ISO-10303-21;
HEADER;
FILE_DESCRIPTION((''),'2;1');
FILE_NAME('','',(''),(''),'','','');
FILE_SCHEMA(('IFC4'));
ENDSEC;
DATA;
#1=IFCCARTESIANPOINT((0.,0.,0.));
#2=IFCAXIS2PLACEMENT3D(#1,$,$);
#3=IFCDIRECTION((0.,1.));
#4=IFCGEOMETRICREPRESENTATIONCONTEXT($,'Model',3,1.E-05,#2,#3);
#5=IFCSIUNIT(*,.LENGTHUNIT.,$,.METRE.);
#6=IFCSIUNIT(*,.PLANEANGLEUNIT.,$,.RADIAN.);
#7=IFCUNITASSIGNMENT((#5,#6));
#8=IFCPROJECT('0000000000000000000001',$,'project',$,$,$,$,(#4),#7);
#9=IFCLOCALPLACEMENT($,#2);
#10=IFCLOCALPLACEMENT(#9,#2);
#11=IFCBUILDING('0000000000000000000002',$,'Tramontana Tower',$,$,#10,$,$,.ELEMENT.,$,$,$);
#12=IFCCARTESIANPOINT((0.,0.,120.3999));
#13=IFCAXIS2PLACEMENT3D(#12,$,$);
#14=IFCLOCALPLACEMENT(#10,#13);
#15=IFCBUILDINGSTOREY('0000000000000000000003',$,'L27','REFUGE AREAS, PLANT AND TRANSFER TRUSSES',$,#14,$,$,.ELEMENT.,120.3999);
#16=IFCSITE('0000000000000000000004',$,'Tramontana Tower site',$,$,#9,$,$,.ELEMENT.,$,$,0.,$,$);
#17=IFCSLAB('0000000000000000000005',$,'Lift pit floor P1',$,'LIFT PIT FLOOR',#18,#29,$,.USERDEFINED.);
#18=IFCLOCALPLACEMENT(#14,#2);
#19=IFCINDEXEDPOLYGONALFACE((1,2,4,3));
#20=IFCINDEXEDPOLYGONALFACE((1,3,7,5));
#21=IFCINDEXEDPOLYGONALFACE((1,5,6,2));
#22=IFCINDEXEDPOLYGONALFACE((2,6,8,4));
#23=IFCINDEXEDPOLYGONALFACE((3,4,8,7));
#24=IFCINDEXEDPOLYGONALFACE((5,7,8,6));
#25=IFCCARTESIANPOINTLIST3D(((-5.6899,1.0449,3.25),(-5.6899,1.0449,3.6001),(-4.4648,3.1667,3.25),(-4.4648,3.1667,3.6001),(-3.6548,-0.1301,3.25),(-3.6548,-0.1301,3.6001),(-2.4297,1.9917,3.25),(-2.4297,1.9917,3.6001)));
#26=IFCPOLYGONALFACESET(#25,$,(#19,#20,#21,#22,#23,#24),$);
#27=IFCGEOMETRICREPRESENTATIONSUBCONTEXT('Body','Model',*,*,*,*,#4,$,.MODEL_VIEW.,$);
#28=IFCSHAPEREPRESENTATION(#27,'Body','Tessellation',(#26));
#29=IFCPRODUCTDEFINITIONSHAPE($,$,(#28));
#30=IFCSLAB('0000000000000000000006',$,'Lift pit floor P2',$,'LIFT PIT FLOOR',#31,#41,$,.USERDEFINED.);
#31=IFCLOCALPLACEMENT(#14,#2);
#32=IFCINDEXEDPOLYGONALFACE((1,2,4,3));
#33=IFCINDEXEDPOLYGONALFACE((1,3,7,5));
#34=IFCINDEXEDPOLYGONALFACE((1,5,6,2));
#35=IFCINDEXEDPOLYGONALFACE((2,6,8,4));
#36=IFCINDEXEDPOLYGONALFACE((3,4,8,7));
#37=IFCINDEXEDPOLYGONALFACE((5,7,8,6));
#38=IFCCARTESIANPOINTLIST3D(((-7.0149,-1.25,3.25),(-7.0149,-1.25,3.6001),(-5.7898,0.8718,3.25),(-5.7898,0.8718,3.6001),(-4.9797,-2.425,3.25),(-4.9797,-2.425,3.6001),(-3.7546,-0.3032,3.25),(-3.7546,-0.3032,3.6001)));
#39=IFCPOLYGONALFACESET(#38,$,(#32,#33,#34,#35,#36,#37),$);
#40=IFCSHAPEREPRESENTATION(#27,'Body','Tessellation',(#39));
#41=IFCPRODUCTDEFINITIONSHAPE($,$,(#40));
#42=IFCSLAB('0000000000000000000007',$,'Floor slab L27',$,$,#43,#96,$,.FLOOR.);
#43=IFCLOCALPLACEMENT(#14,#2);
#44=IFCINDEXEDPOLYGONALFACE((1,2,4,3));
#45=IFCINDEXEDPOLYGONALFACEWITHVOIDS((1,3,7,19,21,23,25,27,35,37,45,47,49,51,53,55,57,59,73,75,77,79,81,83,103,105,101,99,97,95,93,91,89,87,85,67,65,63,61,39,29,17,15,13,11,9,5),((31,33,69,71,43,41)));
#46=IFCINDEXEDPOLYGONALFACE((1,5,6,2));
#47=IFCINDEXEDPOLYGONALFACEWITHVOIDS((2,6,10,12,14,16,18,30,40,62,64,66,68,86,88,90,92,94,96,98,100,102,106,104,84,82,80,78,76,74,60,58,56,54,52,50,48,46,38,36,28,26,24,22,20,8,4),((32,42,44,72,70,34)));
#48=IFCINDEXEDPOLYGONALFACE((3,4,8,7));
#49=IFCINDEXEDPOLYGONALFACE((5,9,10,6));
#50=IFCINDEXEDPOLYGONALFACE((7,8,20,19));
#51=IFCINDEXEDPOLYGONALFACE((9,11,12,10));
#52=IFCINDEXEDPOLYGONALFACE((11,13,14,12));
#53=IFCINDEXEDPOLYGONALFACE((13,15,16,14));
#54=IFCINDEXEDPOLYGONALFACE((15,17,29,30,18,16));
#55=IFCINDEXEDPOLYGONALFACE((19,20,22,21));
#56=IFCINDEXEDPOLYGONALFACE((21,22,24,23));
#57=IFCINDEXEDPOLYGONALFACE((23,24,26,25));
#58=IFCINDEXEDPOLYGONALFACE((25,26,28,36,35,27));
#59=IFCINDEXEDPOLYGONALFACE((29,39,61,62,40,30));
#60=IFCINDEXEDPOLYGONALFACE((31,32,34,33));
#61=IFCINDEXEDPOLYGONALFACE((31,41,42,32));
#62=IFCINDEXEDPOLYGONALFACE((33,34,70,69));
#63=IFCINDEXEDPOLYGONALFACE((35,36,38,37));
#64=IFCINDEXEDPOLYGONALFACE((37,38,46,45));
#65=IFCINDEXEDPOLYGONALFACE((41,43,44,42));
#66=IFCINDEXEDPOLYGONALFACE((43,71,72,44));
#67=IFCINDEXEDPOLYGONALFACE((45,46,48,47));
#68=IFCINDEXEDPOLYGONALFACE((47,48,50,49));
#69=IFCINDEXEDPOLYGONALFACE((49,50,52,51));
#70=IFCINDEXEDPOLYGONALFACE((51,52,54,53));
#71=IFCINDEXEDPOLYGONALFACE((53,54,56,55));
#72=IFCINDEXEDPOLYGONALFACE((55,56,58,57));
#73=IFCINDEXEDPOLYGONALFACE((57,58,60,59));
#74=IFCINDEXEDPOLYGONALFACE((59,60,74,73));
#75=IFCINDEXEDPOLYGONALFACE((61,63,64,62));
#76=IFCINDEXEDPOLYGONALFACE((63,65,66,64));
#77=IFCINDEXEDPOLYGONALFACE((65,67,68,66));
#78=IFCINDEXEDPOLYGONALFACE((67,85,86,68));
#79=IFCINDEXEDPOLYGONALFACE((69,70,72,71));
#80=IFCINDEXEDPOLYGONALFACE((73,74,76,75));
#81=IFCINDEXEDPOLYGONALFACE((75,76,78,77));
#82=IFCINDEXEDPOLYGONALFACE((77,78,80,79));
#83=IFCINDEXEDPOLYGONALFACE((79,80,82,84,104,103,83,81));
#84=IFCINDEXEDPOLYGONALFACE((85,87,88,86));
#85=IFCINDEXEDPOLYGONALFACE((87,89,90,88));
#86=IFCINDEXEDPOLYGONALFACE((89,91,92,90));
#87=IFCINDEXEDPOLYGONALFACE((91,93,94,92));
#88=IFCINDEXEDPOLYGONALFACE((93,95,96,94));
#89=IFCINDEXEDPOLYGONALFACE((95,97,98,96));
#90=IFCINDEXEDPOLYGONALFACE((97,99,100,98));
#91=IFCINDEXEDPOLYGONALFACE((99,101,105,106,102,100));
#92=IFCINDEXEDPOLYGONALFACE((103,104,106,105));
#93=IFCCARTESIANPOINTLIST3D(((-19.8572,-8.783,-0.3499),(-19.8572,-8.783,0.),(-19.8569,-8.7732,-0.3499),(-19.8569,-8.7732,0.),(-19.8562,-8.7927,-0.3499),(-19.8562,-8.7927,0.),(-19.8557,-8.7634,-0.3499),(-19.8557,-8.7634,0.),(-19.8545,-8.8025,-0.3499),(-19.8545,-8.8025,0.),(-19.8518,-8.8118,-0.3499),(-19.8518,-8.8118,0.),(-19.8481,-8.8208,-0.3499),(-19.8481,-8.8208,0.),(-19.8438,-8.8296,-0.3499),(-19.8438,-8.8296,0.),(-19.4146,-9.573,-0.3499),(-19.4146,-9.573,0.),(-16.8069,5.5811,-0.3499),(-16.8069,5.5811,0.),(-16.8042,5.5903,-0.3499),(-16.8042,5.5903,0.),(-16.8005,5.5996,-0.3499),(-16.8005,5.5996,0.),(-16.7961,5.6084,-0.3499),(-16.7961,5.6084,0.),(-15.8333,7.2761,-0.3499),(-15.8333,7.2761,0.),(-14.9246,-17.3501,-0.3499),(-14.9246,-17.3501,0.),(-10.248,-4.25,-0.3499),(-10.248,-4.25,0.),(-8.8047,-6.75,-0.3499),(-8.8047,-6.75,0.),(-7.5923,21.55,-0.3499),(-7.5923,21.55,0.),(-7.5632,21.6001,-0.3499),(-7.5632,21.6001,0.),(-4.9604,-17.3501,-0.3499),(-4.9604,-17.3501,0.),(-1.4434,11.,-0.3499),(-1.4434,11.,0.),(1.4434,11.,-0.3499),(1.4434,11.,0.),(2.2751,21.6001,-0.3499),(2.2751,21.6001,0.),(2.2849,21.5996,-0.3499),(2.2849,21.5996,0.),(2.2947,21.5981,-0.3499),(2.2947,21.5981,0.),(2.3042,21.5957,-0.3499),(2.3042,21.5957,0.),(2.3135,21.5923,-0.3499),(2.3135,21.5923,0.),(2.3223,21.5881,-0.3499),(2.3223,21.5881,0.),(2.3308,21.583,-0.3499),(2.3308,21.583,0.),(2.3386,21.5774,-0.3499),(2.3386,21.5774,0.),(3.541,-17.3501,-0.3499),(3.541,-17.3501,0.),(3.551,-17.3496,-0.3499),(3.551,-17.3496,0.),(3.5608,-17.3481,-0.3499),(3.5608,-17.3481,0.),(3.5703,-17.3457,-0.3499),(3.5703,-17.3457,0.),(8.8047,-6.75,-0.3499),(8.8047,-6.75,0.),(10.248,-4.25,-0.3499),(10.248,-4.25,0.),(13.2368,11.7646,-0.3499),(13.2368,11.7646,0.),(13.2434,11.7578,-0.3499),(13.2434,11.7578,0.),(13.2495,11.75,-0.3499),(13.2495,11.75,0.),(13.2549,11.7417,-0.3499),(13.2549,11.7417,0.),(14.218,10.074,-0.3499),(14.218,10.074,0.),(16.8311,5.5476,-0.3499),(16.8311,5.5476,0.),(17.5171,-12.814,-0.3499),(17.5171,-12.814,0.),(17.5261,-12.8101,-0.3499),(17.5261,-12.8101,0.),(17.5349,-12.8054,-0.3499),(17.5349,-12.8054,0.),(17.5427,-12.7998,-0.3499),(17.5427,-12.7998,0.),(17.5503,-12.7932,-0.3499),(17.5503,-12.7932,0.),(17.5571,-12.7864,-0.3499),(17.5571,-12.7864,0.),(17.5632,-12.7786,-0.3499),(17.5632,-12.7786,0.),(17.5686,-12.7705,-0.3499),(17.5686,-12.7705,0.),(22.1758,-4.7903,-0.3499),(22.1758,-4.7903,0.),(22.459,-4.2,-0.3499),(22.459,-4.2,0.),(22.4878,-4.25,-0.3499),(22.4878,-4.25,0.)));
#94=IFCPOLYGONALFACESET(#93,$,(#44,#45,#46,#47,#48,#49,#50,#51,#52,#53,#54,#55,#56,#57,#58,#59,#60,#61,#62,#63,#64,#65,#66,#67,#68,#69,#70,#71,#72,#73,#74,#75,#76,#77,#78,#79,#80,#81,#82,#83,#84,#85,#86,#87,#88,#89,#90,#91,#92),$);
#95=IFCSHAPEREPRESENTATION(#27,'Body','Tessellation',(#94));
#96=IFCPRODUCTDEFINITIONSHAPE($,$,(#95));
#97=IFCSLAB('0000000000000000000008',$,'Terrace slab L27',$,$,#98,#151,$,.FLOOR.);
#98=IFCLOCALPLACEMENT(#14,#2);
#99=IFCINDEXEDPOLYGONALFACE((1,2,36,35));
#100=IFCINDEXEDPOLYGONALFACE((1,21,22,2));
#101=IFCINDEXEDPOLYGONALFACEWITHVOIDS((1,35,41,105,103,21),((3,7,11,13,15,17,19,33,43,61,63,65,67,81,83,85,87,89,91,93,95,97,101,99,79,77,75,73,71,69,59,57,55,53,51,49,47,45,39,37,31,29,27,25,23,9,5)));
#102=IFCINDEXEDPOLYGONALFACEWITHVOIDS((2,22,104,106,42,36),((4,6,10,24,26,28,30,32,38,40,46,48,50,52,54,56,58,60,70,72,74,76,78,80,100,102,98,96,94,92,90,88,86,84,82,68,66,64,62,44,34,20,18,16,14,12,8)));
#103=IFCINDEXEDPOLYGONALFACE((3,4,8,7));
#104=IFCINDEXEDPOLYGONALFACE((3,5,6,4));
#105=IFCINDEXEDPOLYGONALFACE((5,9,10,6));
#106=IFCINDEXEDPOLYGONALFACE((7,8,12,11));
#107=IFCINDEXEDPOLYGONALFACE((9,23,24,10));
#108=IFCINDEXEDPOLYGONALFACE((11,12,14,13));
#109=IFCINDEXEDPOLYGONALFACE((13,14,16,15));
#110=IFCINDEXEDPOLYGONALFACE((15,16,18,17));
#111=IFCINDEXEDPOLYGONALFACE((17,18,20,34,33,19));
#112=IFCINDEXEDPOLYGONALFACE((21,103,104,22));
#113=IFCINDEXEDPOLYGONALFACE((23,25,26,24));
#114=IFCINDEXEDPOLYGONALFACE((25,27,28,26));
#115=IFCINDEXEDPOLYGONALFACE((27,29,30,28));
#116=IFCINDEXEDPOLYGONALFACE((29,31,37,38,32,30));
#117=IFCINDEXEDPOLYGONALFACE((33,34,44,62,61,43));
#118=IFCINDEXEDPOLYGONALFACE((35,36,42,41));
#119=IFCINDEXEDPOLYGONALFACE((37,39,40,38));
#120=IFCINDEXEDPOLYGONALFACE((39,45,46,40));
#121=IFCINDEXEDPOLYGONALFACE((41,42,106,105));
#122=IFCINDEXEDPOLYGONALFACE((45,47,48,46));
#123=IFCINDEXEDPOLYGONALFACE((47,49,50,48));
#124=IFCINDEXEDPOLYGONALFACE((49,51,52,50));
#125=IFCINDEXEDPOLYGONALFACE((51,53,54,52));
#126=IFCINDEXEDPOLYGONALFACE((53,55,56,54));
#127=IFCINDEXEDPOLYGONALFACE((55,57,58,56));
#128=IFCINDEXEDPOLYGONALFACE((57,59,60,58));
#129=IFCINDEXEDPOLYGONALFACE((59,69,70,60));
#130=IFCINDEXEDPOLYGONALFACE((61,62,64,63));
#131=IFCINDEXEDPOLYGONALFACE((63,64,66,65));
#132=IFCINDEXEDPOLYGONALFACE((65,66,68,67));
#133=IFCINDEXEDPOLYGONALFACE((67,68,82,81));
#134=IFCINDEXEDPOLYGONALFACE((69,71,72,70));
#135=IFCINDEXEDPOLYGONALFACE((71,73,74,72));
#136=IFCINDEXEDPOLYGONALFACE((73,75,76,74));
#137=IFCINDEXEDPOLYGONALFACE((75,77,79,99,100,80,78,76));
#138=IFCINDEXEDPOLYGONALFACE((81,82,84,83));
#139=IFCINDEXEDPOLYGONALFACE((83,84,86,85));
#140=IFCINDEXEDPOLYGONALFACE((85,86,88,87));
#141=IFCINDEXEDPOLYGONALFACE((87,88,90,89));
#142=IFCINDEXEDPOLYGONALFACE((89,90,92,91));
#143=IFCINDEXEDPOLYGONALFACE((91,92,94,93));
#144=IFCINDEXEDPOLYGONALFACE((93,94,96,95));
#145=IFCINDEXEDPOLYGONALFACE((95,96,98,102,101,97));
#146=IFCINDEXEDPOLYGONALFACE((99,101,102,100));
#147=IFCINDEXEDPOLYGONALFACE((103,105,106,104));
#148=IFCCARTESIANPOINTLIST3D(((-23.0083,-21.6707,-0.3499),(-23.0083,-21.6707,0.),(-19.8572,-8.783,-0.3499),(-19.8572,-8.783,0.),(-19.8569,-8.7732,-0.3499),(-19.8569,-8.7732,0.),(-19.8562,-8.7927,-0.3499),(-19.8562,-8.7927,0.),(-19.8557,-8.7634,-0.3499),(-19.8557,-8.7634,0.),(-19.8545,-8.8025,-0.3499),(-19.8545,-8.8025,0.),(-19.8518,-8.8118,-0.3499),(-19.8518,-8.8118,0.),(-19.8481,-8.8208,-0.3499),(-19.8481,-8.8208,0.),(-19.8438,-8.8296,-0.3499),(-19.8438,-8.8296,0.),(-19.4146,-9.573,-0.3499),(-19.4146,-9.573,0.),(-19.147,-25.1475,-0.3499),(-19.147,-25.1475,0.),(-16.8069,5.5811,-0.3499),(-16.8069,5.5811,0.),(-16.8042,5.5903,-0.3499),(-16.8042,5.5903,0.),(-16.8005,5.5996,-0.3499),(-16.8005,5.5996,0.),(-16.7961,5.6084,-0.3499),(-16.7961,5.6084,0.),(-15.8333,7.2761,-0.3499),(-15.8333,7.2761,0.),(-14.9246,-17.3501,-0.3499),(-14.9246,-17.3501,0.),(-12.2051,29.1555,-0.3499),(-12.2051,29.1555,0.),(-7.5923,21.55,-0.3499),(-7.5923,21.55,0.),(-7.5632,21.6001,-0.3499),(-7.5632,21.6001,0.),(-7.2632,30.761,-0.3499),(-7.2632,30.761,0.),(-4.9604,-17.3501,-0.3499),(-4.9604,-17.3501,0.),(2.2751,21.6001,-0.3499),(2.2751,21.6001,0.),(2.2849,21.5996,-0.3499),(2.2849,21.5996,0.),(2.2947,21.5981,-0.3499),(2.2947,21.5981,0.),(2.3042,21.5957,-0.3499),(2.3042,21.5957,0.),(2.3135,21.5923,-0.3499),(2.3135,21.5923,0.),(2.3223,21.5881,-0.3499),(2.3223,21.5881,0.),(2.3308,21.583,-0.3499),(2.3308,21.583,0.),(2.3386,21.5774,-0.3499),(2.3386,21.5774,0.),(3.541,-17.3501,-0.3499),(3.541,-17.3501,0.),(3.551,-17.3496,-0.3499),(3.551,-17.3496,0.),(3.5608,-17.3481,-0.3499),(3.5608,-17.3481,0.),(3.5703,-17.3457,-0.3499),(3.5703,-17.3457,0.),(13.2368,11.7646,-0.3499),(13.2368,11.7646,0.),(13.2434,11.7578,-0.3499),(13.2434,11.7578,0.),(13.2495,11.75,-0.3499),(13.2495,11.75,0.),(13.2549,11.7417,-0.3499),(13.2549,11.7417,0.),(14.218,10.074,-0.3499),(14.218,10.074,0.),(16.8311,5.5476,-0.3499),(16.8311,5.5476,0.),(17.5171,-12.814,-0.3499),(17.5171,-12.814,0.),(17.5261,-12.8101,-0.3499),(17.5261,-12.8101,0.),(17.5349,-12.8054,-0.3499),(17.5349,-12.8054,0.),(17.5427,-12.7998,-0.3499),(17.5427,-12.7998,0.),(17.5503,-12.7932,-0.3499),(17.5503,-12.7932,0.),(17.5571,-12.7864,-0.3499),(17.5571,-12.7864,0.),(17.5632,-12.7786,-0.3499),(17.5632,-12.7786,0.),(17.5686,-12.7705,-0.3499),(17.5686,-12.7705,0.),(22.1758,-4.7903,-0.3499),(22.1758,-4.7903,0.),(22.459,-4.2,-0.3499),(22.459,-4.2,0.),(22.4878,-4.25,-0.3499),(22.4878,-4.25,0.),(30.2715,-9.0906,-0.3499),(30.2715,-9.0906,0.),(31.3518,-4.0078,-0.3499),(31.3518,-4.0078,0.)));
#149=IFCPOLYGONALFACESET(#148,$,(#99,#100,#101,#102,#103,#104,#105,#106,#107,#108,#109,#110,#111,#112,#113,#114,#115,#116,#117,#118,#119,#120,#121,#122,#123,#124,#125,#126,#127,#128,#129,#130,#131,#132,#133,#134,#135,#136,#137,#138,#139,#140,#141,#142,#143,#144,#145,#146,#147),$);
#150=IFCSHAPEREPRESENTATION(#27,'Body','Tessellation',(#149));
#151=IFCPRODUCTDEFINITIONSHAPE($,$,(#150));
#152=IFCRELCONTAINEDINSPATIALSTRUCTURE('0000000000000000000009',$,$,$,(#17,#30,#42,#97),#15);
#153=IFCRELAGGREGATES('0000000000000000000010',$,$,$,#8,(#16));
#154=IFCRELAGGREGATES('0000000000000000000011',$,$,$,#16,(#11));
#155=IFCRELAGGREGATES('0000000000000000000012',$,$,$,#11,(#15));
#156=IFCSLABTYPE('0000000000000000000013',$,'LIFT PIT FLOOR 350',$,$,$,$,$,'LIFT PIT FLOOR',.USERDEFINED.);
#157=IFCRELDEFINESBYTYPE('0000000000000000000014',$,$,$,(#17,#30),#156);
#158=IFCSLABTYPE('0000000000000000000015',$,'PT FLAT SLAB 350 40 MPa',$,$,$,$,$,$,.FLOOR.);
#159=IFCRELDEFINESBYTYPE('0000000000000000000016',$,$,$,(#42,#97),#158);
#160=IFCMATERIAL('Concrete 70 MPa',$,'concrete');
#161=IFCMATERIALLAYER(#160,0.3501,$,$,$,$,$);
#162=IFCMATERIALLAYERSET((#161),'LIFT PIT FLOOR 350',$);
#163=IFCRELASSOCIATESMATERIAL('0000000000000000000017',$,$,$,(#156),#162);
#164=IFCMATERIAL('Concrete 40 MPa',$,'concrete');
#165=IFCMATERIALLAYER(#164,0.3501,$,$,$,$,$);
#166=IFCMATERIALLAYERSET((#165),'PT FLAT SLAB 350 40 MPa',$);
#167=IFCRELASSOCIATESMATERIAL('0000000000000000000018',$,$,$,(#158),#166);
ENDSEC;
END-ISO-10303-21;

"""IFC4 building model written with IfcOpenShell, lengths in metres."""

from ifc_helpers import new_model, si_unit, direction, frame, origin, place, context, subcontext, project, spatial, polyline, outline, extrude, material, layer, layer_set, type_object, element, save


model = new_model("IFC4")

# Units and contexts
model_context = context("Model", 3, precision=1e-05, world=origin(), true_north=direction((0.0, 1.0)))
body_context = subcontext(model_context, "Body", "Model", "MODEL_VIEW")
ifc_project = project(units=[si_unit("LENGTHUNIT", "METRE"), si_unit("PLANEANGLEUNIT", "RADIAN")], contexts=[model_context])

# Site, building, storey
site_placement = place(None, origin())
site = spatial("IfcSite", under=ifc_project, at=site_placement, Name="Tramontana Tower site", CompositionType="ELEMENT", RefElevation=0.0)
building_placement = place(site_placement, origin())
building = spatial("IfcBuilding", under=site, at=building_placement, Name="Tramontana Tower", CompositionType="ELEMENT")
storey_placement = place(building_placement, frame((0.0, 0.0, 120.3999)))
storey = spatial("IfcBuildingStorey", under=building, at=storey_placement, Name="L27", Description="REFUGE AREAS, PLANT AND TRANSFER TRUSSES", CompositionType="ELEMENT", Elevation=120.3999)

# Slabs
ifc_material_1 = material(Name="Concrete 70 MPa", Category="concrete")
ifc_layer_1 = layer(ifc_material_1, 0.3501)
ifc_layer_set_1 = layer_set([ifc_layer_1], Name="LIFT PIT FLOOR 350")
slab_type_1 = type_object("IfcSlabType", Name="LIFT PIT FLOOR 350", ElementType="LIFT PIT FLOOR", PredefinedType="USERDEFINED", material=ifc_layer_set_1)
slab_1_placement = place(storey_placement, frame((0.0, 0.0, 3.25)))
element("IfcSlab", 1, at=slab_1_placement, inside=storey, type_object=slab_type_1, Name="Lift pit floor P1", ObjectType="LIFT PIT FLOOR", PredefinedType="USERDEFINED", context=body_context, shape_type="SweptSolid", body=[
    extrude(outline(polyline([(-2.4297, 1.9917), (-4.4648, 3.1667), (-5.6899, 1.0449), (-3.6548, -0.1301), (-2.4297, 1.9917)])), origin(), (0.0, 0.0, 1.0), 0.3501),
])
slab_2_placement = place(storey_placement, frame((0.0, 0.0, 3.25)))
element("IfcSlab", 2, at=slab_2_placement, inside=storey, type_object=slab_type_1, Name="Lift pit floor P2", ObjectType="LIFT PIT FLOOR", PredefinedType="USERDEFINED", context=body_context, shape_type="SweptSolid", body=[
    extrude(outline(polyline([(-3.7546, -0.3032), (-5.7898, 0.8718), (-7.0149, -1.25), (-4.9797, -2.425), (-3.7546, -0.3032)])), origin(), (0.0, 0.0, 1.0), 0.3501),
])
ifc_material_2 = material(Name="Concrete 40 MPa", Category="concrete")
ifc_layer_2 = layer(ifc_material_2, 0.3501)
ifc_layer_set_2 = layer_set([ifc_layer_2], Name="PT FLAT SLAB 350 40 MPa")
slab_type_2 = type_object("IfcSlabType", Name="PT FLAT SLAB 350 40 MPa", PredefinedType="FLOOR", material=ifc_layer_set_2)
slab_3_placement = place(storey_placement, frame((0.0, 0.0, -0.3499)))
element("IfcSlab", 3, at=slab_3_placement, inside=storey, type_object=slab_type_2, Name="Floor slab L27", PredefinedType="FLOOR", context=body_context, shape_type="SweptSolid", body=[
    extrude(outline(polyline([(-14.9246, -17.3501), (-14.9246, -17.3501), (-14.9246, -17.3501), (-19.4146, -9.573), (-19.8438, -8.8296), (-19.8481, -8.8208), (-19.8518, -8.8118), (-19.8545, -8.8025), (-19.8562, -8.7927), (-19.8572, -8.783), (-19.8569, -8.7732), (-19.8557, -8.7634), (-16.8069, 5.5811), (-16.8042, 5.5903), (-16.8005, 5.5996), (-16.7961, 5.6084), (-15.8333, 7.2761), (-7.5923, 21.55), (-7.5632, 21.6001), (-7.5632, 21.6001), (-7.5632, 21.6001), (2.2751, 21.6001), (2.2849, 21.5996), (2.2947, 21.5981), (2.3042, 21.5957), (2.3135, 21.5923), (2.3223, 21.5881), (2.3308, 21.583), (2.3386, 21.5774), (13.2368, 11.7646), (13.2434, 11.7578), (13.2495, 11.75), (13.2549, 11.7417), (14.218, 10.074), (16.8311, 5.5476), (22.459, -4.2), (22.4878, -4.25), (22.1758, -4.7903), (17.5686, -12.7705), (17.5632, -12.7786), (17.5571, -12.7864), (17.5503, -12.7932), (17.5427, -12.7998), (17.5349, -12.8054), (17.5261, -12.8101), (17.5171, -12.814), (3.5703, -17.3457), (3.5608, -17.3481), (3.551, -17.3496), (3.541, -17.3501), (-4.9604, -17.3501), (-14.9246, -17.3501)]), holes=[polyline([(-8.8047, -6.75), (8.8047, -6.75), (10.248, -4.25), (1.4434, 11.0), (-1.4434, 11.0), (-10.248, -4.25), (-8.8047, -6.75)])]), origin(), (0.0, 0.0, 1.0), 0.3499),
])
slab_4_placement = place(storey_placement, frame((0.0, 0.0, -0.3499)))
element("IfcSlab", 4, at=slab_4_placement, inside=storey, type_object=slab_type_2, Name="Terrace slab L27", PredefinedType="FLOOR", context=body_context, shape_type="SweptSolid", body=[
    extrude(outline(polyline([(-19.147, -25.1475), (-23.0083, -21.6707), (-12.2051, 29.1555), (-7.2632, 30.761), (31.3518, -4.0078), (30.2715, -9.0906), (-19.147, -25.1475)]), holes=[polyline([(3.541, -17.3501), (3.551, -17.3496), (3.5608, -17.3481), (3.5703, -17.3457), (17.5171, -12.814), (17.5261, -12.8101), (17.5349, -12.8054), (17.5427, -12.7998), (17.5503, -12.7932), (17.5571, -12.7864), (17.5632, -12.7786), (17.5686, -12.7705), (22.1758, -4.7903), (22.4878, -4.25), (22.459, -4.2), (16.8311, 5.5476), (14.218, 10.074), (13.2549, 11.7417), (13.2495, 11.75), (13.2434, 11.7578), (13.2368, 11.7646), (2.3386, 21.5774), (2.3308, 21.583), (2.3223, 21.5881), (2.3135, 21.5923), (2.3042, 21.5957), (2.2947, 21.5981), (2.2849, 21.5996), (2.2751, 21.6001), (-7.5632, 21.6001), (-7.5632, 21.6001), (-7.5632, 21.6001), (-7.5923, 21.55), (-15.8333, 7.2761), (-16.7961, 5.6084), (-16.8005, 5.5996), (-16.8042, 5.5903), (-16.8069, 5.5811), (-19.8557, -8.7634), (-19.8569, -8.7732), (-19.8572, -8.783), (-19.8562, -8.7927), (-19.8545, -8.8025), (-19.8518, -8.8118), (-19.8481, -8.8208), (-19.8438, -8.8296), (-19.4146, -9.573), (-14.9246, -17.3501), (-14.9246, -17.3501), (-14.9246, -17.3501), (-4.9604, -17.3501), (3.541, -17.3501)])]), origin(), (0.0, 0.0, 1.0), 0.3499),
])

save(model, "model.ifc")
